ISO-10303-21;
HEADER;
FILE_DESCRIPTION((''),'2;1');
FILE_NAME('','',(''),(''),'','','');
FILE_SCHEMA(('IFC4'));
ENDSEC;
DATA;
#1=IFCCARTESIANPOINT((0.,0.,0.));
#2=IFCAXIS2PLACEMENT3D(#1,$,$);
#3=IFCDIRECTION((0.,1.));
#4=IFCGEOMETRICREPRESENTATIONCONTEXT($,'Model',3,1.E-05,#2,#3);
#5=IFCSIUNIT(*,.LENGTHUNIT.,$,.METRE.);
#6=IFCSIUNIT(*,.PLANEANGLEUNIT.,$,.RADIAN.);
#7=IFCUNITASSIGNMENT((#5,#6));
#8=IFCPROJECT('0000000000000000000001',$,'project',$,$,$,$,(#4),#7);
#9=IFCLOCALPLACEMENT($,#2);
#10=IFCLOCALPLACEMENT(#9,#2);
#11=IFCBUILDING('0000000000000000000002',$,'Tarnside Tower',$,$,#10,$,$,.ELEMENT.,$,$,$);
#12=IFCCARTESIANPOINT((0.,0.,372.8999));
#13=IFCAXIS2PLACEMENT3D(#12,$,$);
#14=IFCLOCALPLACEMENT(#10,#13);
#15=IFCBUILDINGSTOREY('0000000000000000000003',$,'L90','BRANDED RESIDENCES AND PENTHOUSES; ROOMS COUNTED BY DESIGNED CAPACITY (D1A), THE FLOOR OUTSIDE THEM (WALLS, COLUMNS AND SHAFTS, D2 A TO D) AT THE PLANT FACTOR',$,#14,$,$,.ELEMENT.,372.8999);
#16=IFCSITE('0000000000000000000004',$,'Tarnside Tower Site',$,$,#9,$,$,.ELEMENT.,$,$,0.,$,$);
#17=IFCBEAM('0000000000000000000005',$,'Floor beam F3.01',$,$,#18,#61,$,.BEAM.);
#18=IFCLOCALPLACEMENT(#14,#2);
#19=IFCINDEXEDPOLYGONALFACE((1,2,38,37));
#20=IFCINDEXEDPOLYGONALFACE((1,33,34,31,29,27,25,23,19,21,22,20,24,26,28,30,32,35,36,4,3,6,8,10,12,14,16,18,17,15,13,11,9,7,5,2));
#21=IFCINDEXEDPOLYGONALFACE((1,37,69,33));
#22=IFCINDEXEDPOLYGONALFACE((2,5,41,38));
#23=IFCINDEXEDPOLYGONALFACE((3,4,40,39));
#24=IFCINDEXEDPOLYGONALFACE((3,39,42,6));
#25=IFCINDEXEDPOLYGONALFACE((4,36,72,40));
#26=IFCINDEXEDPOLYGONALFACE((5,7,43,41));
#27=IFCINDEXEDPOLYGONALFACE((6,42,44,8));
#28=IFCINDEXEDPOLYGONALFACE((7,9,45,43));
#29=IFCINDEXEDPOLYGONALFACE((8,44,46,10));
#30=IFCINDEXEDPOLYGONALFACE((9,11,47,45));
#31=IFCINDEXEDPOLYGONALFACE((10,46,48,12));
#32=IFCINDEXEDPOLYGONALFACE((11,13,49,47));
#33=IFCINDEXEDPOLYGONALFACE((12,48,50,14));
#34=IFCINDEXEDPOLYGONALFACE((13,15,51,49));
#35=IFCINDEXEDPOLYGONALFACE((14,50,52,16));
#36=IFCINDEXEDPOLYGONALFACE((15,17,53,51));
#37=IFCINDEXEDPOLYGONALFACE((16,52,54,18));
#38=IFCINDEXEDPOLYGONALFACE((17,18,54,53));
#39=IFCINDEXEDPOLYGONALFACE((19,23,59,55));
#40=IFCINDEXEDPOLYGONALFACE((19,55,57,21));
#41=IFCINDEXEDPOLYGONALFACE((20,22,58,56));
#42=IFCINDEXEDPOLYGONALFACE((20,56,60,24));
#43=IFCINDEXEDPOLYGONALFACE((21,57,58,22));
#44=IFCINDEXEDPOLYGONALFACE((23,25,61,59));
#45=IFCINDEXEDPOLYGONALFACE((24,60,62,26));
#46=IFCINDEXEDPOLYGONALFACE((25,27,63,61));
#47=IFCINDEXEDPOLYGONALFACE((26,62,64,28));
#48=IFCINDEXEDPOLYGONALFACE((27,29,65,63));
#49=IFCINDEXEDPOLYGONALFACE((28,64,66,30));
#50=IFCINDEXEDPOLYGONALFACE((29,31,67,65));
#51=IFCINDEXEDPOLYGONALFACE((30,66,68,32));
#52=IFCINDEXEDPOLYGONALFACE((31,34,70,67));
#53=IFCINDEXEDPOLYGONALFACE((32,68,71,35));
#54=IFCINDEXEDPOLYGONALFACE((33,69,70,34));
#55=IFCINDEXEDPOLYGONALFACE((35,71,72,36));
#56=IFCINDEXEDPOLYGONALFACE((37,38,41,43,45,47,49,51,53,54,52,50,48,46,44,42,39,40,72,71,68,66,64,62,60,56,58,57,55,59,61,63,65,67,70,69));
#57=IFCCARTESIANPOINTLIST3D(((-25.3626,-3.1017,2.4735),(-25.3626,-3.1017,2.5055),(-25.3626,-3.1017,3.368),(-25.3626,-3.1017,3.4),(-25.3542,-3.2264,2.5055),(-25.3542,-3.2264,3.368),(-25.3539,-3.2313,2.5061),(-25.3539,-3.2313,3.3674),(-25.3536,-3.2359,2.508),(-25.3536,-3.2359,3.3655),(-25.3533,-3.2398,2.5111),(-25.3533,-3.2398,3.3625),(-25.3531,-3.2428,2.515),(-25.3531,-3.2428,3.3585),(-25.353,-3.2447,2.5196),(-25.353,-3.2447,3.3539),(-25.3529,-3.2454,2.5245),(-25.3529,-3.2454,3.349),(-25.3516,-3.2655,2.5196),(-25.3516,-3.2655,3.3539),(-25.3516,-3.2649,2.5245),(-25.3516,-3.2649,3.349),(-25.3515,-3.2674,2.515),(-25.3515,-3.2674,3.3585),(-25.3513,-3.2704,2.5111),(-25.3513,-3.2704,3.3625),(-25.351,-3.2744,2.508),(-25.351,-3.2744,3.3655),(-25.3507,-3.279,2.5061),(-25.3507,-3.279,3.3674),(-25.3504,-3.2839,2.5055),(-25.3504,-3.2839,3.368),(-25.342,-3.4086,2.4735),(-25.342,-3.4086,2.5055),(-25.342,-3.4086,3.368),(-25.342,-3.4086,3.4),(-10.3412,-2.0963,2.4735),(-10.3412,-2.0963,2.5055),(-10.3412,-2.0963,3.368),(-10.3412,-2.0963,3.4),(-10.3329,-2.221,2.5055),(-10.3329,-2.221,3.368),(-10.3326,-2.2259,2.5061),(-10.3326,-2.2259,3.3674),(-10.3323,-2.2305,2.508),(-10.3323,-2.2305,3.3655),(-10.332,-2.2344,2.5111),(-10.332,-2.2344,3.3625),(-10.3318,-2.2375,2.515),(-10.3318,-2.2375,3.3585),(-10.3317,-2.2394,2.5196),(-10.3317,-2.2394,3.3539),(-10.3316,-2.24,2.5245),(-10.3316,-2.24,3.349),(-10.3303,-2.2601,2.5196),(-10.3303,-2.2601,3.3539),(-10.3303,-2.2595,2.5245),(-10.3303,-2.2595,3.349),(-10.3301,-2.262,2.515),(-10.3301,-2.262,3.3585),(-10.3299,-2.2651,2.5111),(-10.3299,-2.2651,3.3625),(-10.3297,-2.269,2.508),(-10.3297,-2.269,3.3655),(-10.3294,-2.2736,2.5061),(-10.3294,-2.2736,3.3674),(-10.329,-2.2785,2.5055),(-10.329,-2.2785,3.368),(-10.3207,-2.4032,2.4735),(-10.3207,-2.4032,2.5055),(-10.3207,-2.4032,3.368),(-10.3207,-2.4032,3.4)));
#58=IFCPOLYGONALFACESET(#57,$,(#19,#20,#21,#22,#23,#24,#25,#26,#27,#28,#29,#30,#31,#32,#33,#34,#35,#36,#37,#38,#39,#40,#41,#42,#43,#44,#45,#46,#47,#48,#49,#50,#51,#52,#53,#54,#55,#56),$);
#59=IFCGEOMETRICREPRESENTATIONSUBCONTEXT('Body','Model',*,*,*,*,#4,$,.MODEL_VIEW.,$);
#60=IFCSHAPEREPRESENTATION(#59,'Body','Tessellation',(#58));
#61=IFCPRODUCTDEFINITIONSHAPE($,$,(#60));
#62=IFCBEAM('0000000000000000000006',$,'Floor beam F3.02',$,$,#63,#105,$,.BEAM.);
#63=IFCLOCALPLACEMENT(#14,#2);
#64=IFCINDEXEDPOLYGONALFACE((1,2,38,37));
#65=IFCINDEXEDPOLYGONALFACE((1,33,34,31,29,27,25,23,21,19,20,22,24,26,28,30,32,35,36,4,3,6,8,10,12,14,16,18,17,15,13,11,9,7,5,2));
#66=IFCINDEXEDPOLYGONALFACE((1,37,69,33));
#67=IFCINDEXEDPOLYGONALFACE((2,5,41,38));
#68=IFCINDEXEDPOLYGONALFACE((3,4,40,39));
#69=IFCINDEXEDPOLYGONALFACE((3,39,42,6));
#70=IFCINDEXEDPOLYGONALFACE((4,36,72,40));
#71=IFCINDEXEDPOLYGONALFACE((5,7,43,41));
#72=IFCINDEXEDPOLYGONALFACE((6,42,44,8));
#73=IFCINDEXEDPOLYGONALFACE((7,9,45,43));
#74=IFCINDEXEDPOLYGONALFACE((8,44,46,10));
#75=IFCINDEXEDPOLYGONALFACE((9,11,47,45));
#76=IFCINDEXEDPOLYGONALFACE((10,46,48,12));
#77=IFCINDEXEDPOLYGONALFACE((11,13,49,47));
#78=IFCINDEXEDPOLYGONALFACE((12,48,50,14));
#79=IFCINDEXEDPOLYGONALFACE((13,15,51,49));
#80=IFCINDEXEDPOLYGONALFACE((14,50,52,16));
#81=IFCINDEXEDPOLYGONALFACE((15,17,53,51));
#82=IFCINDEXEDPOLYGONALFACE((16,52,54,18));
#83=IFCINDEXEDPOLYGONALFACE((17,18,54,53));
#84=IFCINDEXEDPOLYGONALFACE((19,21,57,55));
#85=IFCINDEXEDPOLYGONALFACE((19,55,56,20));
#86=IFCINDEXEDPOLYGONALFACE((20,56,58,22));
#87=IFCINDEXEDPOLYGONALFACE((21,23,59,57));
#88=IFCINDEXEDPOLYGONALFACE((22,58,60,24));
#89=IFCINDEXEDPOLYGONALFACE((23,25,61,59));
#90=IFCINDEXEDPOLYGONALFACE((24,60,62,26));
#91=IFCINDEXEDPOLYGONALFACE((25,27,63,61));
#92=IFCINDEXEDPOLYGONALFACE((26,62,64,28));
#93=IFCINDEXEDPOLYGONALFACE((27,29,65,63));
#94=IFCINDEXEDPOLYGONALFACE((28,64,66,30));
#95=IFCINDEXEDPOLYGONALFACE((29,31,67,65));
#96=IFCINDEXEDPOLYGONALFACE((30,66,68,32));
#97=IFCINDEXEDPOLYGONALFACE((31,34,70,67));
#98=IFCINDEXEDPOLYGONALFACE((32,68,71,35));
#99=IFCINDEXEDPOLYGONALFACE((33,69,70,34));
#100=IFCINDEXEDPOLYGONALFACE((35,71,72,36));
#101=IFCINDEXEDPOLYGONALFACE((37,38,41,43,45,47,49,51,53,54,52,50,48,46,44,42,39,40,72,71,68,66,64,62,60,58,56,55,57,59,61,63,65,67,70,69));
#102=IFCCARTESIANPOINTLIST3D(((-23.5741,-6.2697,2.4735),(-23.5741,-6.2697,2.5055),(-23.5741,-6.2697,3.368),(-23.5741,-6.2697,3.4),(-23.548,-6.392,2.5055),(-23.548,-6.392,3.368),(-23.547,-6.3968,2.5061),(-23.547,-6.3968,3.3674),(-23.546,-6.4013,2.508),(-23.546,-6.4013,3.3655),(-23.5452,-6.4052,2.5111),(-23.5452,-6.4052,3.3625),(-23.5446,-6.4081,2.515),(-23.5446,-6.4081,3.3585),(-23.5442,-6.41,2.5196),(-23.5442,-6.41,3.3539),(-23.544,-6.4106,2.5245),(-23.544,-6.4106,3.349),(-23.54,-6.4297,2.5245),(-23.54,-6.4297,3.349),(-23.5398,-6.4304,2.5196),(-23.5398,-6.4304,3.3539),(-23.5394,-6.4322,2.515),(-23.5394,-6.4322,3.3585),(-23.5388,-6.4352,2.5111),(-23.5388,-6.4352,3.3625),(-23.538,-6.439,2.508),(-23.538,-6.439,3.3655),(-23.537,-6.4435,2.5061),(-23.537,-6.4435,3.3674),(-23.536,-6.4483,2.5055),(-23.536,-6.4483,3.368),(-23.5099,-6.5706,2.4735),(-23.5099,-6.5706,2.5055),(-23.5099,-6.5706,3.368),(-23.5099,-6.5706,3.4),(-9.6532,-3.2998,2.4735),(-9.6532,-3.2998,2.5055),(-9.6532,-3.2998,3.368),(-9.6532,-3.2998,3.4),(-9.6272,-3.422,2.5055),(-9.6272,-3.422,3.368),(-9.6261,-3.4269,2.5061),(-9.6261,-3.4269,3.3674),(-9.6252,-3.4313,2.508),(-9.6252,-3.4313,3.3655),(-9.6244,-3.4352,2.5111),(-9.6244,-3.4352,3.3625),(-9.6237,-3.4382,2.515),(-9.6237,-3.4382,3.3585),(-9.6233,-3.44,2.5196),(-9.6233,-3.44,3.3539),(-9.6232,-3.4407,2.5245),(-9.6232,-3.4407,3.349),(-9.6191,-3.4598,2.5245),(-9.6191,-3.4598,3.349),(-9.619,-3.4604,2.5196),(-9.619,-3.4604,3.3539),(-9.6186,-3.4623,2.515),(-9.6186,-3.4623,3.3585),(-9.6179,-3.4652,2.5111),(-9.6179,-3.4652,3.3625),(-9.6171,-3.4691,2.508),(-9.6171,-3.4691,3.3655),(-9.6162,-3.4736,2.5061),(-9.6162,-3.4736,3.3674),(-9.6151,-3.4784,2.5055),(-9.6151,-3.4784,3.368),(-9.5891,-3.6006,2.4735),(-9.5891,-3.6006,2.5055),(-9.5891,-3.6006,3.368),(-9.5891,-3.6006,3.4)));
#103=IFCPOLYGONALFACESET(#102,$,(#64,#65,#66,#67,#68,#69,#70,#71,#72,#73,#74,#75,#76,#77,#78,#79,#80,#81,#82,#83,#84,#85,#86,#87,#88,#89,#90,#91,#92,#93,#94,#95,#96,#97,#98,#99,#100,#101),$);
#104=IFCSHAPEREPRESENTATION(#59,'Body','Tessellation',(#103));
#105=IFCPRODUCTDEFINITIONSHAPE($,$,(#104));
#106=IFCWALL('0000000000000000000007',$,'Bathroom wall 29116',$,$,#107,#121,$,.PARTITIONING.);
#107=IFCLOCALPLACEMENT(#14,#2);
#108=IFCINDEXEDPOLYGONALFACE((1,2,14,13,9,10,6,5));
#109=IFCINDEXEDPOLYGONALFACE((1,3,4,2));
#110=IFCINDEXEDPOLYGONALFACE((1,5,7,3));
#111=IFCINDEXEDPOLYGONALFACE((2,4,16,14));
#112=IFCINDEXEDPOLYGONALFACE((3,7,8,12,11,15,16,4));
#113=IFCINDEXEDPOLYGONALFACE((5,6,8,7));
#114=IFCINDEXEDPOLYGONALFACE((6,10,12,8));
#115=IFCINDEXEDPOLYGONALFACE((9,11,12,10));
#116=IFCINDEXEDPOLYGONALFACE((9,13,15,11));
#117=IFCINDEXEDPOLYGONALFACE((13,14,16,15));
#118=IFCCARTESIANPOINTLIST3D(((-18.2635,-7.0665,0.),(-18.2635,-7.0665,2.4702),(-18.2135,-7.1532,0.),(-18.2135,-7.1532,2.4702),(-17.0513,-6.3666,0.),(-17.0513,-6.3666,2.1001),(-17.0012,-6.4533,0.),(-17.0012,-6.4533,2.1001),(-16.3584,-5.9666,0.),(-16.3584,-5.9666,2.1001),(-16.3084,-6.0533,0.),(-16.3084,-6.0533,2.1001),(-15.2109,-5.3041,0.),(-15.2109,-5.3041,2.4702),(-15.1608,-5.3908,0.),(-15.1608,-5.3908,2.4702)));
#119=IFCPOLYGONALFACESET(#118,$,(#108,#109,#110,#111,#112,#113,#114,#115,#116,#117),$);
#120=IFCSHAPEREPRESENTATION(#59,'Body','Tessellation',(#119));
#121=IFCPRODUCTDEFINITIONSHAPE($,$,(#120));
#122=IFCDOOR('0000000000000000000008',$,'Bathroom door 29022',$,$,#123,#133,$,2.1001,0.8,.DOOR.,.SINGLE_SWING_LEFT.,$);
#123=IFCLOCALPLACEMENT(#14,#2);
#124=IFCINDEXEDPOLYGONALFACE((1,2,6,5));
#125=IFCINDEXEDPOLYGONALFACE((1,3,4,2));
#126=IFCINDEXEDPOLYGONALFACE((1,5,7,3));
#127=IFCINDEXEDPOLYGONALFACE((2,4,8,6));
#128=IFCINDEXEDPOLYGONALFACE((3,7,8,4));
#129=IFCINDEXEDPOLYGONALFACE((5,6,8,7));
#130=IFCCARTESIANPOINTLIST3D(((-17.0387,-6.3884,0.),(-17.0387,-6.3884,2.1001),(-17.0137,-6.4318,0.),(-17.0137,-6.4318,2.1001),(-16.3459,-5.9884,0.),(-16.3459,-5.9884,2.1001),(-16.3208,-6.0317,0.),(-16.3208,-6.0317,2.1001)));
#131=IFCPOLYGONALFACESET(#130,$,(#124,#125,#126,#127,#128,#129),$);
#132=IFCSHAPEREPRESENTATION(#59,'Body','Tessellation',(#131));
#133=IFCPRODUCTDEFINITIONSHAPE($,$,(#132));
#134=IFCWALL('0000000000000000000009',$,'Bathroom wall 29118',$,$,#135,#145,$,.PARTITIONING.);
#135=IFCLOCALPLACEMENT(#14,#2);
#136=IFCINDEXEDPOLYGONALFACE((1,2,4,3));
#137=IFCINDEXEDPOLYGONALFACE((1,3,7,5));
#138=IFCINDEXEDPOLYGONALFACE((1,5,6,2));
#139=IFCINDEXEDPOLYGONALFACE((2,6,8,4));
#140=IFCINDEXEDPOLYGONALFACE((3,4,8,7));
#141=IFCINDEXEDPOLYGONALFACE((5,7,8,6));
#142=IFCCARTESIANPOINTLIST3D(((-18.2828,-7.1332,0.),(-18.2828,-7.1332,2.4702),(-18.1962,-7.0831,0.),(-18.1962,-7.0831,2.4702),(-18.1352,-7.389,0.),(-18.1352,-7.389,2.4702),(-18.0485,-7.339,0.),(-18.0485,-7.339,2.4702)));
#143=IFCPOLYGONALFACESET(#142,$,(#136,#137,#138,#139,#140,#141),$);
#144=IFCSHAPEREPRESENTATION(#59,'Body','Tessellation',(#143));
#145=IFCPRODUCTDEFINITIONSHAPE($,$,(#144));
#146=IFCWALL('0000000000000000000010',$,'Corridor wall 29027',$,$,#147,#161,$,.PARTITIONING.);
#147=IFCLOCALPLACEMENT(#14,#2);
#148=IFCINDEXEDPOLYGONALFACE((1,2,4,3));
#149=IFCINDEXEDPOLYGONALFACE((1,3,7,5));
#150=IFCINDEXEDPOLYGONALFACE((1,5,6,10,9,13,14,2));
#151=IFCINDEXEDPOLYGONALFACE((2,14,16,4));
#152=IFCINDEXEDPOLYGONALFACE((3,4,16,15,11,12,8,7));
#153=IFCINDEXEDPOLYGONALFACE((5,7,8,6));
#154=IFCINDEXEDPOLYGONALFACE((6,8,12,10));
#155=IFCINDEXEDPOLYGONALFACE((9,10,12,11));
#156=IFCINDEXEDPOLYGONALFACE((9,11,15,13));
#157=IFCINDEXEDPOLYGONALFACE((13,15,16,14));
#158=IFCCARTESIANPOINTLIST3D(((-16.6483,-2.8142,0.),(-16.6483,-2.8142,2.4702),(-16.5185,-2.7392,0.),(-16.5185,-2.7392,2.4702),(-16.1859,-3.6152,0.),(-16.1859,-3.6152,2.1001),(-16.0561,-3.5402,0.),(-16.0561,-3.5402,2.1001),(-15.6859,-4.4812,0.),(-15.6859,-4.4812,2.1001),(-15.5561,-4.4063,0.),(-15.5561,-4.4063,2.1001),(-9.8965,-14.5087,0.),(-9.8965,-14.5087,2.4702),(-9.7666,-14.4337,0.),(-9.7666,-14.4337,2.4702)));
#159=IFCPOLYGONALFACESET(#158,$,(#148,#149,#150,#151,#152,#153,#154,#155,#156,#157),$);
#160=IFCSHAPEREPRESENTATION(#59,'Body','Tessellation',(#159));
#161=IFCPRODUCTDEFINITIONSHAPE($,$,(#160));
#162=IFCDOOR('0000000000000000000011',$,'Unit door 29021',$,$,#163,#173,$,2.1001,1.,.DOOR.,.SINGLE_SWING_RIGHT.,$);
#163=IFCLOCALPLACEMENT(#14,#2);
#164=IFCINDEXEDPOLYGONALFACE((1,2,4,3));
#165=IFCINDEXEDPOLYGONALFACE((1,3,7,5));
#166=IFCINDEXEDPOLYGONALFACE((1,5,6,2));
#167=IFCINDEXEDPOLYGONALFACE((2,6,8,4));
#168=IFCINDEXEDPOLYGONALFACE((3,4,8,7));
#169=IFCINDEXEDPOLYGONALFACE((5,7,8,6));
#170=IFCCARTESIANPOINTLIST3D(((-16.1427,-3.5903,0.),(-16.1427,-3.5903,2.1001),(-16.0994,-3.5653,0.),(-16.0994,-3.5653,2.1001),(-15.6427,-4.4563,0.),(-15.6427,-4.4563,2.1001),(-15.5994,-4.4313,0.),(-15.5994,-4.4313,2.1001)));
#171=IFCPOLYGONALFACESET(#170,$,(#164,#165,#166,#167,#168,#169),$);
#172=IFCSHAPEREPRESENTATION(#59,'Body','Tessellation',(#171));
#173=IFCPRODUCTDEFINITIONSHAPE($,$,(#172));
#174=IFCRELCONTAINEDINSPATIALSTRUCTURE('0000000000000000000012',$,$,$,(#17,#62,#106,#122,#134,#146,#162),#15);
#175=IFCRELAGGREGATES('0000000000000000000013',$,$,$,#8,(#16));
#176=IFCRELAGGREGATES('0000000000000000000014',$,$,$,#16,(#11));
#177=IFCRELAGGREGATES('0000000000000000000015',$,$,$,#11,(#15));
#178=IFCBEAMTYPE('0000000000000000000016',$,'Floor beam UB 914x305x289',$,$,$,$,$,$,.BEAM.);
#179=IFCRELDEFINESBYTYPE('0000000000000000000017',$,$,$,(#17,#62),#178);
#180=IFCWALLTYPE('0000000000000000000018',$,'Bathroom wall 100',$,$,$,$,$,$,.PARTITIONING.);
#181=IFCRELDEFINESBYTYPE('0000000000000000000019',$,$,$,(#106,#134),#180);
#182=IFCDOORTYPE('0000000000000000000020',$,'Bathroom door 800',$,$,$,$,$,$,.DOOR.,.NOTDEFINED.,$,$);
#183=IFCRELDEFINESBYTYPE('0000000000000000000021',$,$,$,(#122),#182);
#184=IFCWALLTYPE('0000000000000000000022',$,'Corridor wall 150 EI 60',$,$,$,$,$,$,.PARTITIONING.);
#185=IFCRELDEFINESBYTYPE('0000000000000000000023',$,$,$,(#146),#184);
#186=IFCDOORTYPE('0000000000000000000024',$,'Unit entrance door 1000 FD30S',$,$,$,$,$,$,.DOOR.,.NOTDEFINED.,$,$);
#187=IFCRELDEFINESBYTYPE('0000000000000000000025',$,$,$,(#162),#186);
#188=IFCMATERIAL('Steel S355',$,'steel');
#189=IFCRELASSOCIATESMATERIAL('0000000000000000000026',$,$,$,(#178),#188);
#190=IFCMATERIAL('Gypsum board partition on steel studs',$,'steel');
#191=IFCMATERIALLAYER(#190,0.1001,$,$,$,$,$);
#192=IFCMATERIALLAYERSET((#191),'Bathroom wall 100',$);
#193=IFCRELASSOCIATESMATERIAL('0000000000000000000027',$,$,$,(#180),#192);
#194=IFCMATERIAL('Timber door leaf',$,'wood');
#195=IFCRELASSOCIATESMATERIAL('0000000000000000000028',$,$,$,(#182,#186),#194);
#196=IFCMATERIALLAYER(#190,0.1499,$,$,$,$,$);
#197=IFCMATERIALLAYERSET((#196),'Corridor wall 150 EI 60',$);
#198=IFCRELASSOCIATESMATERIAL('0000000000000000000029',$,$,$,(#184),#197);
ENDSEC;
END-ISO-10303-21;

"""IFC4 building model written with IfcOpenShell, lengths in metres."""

from ifc_helpers import new_model, si_unit, direction, frame, frame_2d, origin, origin_2d, place, context, subcontext, project, spatial, rectangle, i_section, extrude, material, layer, layer_set, material_profile, profile_set, type_object, element, fill, save


model = new_model("IFC4")

# Units and contexts
model_context = context("Model", 3, precision=1e-05, world=origin(), true_north=direction((0.0, 1.0)))
body_context = subcontext(model_context, "Body", "Model", "MODEL_VIEW")
ifc_project = project(units=[si_unit("LENGTHUNIT", "METRE"), si_unit("PLANEANGLEUNIT", "RADIAN")], contexts=[model_context])

# Site, building, storey
site_placement = place(None, origin())
site = spatial("IfcSite", under=ifc_project, at=site_placement, Name="Tarnside Tower Site", CompositionType="ELEMENT", RefElevation=0.0)
building_placement = place(site_placement, origin())
building = spatial("IfcBuilding", under=site, at=building_placement, Name="Tarnside Tower", CompositionType="ELEMENT")
storey_placement = place(building_placement, frame((0.0, 0.0, 372.8999)))
storey = spatial("IfcBuildingStorey", under=building, at=storey_placement, Name="L90", Description="BRANDED RESIDENCES AND PENTHOUSES; ROOMS COUNTED BY DESIGNED CAPACITY (D1A), THE FLOOR OUTSIDE THEM (WALLS, COLUMNS AND SHAFTS, D2 A TO D) AT THE PLANT FACTOR", CompositionType="ELEMENT", Elevation=372.8999)

# Beams
ifc_material_1 = material(Name="Steel S355", Category="steel")
ifc_material_profile = material_profile(ifc_material_1, i_section(OverallWidth=0.3076, OverallDepth=0.9265, WebThickness=0.0195, FlangeThickness=0.032, FilletRadius=0.019, at=origin_2d()), Name="UB 914x305x289")
ifc_profile_set = profile_set([ifc_material_profile], Name="Steel S355")
beam_type = type_object("IfcBeamType", Name="Floor beam UB 914x305x289", PredefinedType="BEAM", material=ifc_profile_set)
beam_1_placement = place(storey_placement, frame((-25.3523, -3.2551, 2.9368), z_axis=(0.997768, 0.066781, 0.0), x_axis=(-0.066781, 0.997768, 0.0)))
element("IfcBeam", 1, at=beam_1_placement, inside=storey, type_object=beam_type, Name="Floor beam F3.01", PredefinedType="BEAM", context=body_context, shape_type="SweptSolid", body=[
    extrude(i_section(OverallWidth=0.3076, OverallDepth=0.9265, WebThickness=0.0195, FlangeThickness=0.032, FilletRadius=0.019, at=origin_2d()), origin(), (0.0, 0.0, 1.0), 15.0549),
])
beam_2_placement = place(storey_placement, frame((-23.542, -6.4202, 2.9368), z_axis=(0.97799, 0.208651, 0.0), x_axis=(-0.208651, 0.97799, 0.0)))
element("IfcBeam", 2, at=beam_2_placement, inside=storey, type_object=beam_type, Name="Floor beam F3.02", PredefinedType="BEAM", context=body_context, shape_type="SweptSolid", body=[
    extrude(i_section(OverallWidth=0.3076, OverallDepth=0.9265, WebThickness=0.0195, FlangeThickness=0.032, FilletRadius=0.019, at=origin_2d()), origin(), (0.0, 0.0, 1.0), 14.2341),
])

# Wall, opening, door
ifc_material_2 = material(Name="Gypsum board partition on steel studs", Category="steel")
ifc_layer_1 = layer(ifc_material_2, 0.1001)
ifc_layer_set_1 = layer_set([ifc_layer_1], Name="Bathroom wall 100")
wall_type_1 = type_object("IfcWallType", Name="Bathroom wall 100", PredefinedType="PARTITIONING", material=ifc_layer_set_1)
wall_1_placement = place(storey_placement, frame((-18.2385, -7.1099, 0.0), z_axis=(0.0, 0.0, 1.0), x_axis=(0.866031, 0.49999, 0.0)))
wall_1 = element("IfcWall", 3, at=wall_1_placement, inside=storey, type_object=wall_type_1, Name="Bathroom wall 29116", PredefinedType="PARTITIONING", context=body_context, shape_type="SweptSolid", body=[
    extrude(rectangle(XDim=3.5249, YDim=0.1001, at=frame_2d((1.7625, 0.0))), origin(), (0.0, 0.0, 1.0), 2.4702),
])
opening_1_placement = place(wall_1_placement, frame((1.3999, 0.0, 0.0)))
opening_1 = element("IfcOpeningElement", 4, at=opening_1_placement, cuts=wall_1, PredefinedType="OPENING", context=body_context, shape_type="SweptSolid", body=[
    extrude(rectangle(XDim=0.8, YDim=2.1001, at=frame_2d((0.3999, 1.05))), frame((0.0, 0.0601, 0.0), z_axis=(0.0, -1.0, 0.0), x_axis=(1.0, 0.0, 0.0)), (0.0, 0.0, 1.0), 0.1201),
])
ifc_material_3 = material(Name="Timber door leaf", Category="wood")
door_type_1 = type_object("IfcDoorType", Name="Bathroom door 800", OperationType="NOTDEFINED", PredefinedType="DOOR", material=ifc_material_3)
door_1_placement = place(opening_1_placement, origin())
door_1 = element("IfcDoor", 5, at=door_1_placement, inside=storey, type_object=door_type_1, Name="Bathroom door 29022", OperationType="SINGLE_SWING_LEFT", OverallHeight=2.1001, OverallWidth=0.8, PredefinedType="DOOR", context=body_context, shape_type="SweptSolid", body=[
    extrude(rectangle(XDim=0.8, YDim=2.1001, at=frame_2d((0.3999, 1.05))), frame((0.0, 0.0249, 0.0), z_axis=(0.0, -1.0, 0.0), x_axis=(1.0, 0.0, 0.0)), (0.0, 0.0, 1.0), 0.05),
])
fill(opening_1, door_1)

# Wall
wall_2_placement = place(storey_placement, frame((-18.2395, -7.1082, 0.0), z_axis=(0.0, 0.0, 1.0), x_axis=(0.499961, -0.866048, 0.0)))
element("IfcWall", 6, at=wall_2_placement, inside=storey, type_object=wall_type_1, Name="Bathroom wall 29118", PredefinedType="PARTITIONING", context=body_context, shape_type="SweptSolid", body=[
    extrude(rectangle(XDim=0.2954, YDim=0.1001, at=frame_2d((0.1477, 0.0))), origin(), (0.0, 0.0, 1.0), 2.4702),
])

# Wall, opening, door
ifc_layer_2 = layer(ifc_material_2, 0.1499)
ifc_layer_set_2 = layer_set([ifc_layer_2], Name="Corridor wall 150 EI 60")
wall_type_2 = type_object("IfcWallType", Name="Corridor wall 150 EI 60", PredefinedType="PARTITIONING", material=ifc_layer_set_2)
wall_3_placement = place(storey_placement, frame((-16.5835, -2.7766, 0.0), z_axis=(0.0, 0.0, 1.0), x_axis=(0.500005, -0.866023, 0.0)))
wall_3 = element("IfcWall", 7, at=wall_3_placement, inside=storey, type_object=wall_type_2, Name="Corridor wall 29027", PredefinedType="PARTITIONING", context=body_context, shape_type="SweptSolid", body=[
    extrude(rectangle(XDim=13.5037, YDim=0.1499, at=frame_2d((6.752, 0.0))), origin(), (0.0, 0.0, 1.0), 2.4702),
])
opening_2_placement = place(wall_3_placement, frame((0.925, 0.0, 0.0)))
opening_2 = element("IfcOpeningElement", 8, at=opening_2_placement, cuts=wall_3, PredefinedType="OPENING", context=body_context, shape_type="SweptSolid", body=[
    extrude(rectangle(XDim=1.0, YDim=2.1001, at=frame_2d((0.5, 1.05))), frame((0.0, 0.085, 0.0), z_axis=(0.0, -1.0, 0.0), x_axis=(1.0, 0.0, 0.0)), (0.0, 0.0, 1.0), 0.1699),
])
door_type_2 = type_object("IfcDoorType", Name="Unit entrance door 1000 FD30S", OperationType="NOTDEFINED", PredefinedType="DOOR", material=ifc_material_3)
door_2_placement = place(opening_2_placement, origin())
door_2 = element("IfcDoor", 9, at=door_2_placement, inside=storey, type_object=door_type_2, Name="Unit door 29021", OperationType="SINGLE_SWING_RIGHT", OverallHeight=2.1001, OverallWidth=1.0, PredefinedType="DOOR", context=body_context, shape_type="SweptSolid", body=[
    extrude(rectangle(XDim=1.0, YDim=2.1001, at=frame_2d((0.5, 1.05))), frame((0.0, 0.0249, 0.0), z_axis=(0.0, -1.0, 0.0), x_axis=(1.0, 0.0, 0.0)), (0.0, 0.0, 1.0), 0.05),
])
fill(opening_2, door_2)

save(model, "model.ifc")
